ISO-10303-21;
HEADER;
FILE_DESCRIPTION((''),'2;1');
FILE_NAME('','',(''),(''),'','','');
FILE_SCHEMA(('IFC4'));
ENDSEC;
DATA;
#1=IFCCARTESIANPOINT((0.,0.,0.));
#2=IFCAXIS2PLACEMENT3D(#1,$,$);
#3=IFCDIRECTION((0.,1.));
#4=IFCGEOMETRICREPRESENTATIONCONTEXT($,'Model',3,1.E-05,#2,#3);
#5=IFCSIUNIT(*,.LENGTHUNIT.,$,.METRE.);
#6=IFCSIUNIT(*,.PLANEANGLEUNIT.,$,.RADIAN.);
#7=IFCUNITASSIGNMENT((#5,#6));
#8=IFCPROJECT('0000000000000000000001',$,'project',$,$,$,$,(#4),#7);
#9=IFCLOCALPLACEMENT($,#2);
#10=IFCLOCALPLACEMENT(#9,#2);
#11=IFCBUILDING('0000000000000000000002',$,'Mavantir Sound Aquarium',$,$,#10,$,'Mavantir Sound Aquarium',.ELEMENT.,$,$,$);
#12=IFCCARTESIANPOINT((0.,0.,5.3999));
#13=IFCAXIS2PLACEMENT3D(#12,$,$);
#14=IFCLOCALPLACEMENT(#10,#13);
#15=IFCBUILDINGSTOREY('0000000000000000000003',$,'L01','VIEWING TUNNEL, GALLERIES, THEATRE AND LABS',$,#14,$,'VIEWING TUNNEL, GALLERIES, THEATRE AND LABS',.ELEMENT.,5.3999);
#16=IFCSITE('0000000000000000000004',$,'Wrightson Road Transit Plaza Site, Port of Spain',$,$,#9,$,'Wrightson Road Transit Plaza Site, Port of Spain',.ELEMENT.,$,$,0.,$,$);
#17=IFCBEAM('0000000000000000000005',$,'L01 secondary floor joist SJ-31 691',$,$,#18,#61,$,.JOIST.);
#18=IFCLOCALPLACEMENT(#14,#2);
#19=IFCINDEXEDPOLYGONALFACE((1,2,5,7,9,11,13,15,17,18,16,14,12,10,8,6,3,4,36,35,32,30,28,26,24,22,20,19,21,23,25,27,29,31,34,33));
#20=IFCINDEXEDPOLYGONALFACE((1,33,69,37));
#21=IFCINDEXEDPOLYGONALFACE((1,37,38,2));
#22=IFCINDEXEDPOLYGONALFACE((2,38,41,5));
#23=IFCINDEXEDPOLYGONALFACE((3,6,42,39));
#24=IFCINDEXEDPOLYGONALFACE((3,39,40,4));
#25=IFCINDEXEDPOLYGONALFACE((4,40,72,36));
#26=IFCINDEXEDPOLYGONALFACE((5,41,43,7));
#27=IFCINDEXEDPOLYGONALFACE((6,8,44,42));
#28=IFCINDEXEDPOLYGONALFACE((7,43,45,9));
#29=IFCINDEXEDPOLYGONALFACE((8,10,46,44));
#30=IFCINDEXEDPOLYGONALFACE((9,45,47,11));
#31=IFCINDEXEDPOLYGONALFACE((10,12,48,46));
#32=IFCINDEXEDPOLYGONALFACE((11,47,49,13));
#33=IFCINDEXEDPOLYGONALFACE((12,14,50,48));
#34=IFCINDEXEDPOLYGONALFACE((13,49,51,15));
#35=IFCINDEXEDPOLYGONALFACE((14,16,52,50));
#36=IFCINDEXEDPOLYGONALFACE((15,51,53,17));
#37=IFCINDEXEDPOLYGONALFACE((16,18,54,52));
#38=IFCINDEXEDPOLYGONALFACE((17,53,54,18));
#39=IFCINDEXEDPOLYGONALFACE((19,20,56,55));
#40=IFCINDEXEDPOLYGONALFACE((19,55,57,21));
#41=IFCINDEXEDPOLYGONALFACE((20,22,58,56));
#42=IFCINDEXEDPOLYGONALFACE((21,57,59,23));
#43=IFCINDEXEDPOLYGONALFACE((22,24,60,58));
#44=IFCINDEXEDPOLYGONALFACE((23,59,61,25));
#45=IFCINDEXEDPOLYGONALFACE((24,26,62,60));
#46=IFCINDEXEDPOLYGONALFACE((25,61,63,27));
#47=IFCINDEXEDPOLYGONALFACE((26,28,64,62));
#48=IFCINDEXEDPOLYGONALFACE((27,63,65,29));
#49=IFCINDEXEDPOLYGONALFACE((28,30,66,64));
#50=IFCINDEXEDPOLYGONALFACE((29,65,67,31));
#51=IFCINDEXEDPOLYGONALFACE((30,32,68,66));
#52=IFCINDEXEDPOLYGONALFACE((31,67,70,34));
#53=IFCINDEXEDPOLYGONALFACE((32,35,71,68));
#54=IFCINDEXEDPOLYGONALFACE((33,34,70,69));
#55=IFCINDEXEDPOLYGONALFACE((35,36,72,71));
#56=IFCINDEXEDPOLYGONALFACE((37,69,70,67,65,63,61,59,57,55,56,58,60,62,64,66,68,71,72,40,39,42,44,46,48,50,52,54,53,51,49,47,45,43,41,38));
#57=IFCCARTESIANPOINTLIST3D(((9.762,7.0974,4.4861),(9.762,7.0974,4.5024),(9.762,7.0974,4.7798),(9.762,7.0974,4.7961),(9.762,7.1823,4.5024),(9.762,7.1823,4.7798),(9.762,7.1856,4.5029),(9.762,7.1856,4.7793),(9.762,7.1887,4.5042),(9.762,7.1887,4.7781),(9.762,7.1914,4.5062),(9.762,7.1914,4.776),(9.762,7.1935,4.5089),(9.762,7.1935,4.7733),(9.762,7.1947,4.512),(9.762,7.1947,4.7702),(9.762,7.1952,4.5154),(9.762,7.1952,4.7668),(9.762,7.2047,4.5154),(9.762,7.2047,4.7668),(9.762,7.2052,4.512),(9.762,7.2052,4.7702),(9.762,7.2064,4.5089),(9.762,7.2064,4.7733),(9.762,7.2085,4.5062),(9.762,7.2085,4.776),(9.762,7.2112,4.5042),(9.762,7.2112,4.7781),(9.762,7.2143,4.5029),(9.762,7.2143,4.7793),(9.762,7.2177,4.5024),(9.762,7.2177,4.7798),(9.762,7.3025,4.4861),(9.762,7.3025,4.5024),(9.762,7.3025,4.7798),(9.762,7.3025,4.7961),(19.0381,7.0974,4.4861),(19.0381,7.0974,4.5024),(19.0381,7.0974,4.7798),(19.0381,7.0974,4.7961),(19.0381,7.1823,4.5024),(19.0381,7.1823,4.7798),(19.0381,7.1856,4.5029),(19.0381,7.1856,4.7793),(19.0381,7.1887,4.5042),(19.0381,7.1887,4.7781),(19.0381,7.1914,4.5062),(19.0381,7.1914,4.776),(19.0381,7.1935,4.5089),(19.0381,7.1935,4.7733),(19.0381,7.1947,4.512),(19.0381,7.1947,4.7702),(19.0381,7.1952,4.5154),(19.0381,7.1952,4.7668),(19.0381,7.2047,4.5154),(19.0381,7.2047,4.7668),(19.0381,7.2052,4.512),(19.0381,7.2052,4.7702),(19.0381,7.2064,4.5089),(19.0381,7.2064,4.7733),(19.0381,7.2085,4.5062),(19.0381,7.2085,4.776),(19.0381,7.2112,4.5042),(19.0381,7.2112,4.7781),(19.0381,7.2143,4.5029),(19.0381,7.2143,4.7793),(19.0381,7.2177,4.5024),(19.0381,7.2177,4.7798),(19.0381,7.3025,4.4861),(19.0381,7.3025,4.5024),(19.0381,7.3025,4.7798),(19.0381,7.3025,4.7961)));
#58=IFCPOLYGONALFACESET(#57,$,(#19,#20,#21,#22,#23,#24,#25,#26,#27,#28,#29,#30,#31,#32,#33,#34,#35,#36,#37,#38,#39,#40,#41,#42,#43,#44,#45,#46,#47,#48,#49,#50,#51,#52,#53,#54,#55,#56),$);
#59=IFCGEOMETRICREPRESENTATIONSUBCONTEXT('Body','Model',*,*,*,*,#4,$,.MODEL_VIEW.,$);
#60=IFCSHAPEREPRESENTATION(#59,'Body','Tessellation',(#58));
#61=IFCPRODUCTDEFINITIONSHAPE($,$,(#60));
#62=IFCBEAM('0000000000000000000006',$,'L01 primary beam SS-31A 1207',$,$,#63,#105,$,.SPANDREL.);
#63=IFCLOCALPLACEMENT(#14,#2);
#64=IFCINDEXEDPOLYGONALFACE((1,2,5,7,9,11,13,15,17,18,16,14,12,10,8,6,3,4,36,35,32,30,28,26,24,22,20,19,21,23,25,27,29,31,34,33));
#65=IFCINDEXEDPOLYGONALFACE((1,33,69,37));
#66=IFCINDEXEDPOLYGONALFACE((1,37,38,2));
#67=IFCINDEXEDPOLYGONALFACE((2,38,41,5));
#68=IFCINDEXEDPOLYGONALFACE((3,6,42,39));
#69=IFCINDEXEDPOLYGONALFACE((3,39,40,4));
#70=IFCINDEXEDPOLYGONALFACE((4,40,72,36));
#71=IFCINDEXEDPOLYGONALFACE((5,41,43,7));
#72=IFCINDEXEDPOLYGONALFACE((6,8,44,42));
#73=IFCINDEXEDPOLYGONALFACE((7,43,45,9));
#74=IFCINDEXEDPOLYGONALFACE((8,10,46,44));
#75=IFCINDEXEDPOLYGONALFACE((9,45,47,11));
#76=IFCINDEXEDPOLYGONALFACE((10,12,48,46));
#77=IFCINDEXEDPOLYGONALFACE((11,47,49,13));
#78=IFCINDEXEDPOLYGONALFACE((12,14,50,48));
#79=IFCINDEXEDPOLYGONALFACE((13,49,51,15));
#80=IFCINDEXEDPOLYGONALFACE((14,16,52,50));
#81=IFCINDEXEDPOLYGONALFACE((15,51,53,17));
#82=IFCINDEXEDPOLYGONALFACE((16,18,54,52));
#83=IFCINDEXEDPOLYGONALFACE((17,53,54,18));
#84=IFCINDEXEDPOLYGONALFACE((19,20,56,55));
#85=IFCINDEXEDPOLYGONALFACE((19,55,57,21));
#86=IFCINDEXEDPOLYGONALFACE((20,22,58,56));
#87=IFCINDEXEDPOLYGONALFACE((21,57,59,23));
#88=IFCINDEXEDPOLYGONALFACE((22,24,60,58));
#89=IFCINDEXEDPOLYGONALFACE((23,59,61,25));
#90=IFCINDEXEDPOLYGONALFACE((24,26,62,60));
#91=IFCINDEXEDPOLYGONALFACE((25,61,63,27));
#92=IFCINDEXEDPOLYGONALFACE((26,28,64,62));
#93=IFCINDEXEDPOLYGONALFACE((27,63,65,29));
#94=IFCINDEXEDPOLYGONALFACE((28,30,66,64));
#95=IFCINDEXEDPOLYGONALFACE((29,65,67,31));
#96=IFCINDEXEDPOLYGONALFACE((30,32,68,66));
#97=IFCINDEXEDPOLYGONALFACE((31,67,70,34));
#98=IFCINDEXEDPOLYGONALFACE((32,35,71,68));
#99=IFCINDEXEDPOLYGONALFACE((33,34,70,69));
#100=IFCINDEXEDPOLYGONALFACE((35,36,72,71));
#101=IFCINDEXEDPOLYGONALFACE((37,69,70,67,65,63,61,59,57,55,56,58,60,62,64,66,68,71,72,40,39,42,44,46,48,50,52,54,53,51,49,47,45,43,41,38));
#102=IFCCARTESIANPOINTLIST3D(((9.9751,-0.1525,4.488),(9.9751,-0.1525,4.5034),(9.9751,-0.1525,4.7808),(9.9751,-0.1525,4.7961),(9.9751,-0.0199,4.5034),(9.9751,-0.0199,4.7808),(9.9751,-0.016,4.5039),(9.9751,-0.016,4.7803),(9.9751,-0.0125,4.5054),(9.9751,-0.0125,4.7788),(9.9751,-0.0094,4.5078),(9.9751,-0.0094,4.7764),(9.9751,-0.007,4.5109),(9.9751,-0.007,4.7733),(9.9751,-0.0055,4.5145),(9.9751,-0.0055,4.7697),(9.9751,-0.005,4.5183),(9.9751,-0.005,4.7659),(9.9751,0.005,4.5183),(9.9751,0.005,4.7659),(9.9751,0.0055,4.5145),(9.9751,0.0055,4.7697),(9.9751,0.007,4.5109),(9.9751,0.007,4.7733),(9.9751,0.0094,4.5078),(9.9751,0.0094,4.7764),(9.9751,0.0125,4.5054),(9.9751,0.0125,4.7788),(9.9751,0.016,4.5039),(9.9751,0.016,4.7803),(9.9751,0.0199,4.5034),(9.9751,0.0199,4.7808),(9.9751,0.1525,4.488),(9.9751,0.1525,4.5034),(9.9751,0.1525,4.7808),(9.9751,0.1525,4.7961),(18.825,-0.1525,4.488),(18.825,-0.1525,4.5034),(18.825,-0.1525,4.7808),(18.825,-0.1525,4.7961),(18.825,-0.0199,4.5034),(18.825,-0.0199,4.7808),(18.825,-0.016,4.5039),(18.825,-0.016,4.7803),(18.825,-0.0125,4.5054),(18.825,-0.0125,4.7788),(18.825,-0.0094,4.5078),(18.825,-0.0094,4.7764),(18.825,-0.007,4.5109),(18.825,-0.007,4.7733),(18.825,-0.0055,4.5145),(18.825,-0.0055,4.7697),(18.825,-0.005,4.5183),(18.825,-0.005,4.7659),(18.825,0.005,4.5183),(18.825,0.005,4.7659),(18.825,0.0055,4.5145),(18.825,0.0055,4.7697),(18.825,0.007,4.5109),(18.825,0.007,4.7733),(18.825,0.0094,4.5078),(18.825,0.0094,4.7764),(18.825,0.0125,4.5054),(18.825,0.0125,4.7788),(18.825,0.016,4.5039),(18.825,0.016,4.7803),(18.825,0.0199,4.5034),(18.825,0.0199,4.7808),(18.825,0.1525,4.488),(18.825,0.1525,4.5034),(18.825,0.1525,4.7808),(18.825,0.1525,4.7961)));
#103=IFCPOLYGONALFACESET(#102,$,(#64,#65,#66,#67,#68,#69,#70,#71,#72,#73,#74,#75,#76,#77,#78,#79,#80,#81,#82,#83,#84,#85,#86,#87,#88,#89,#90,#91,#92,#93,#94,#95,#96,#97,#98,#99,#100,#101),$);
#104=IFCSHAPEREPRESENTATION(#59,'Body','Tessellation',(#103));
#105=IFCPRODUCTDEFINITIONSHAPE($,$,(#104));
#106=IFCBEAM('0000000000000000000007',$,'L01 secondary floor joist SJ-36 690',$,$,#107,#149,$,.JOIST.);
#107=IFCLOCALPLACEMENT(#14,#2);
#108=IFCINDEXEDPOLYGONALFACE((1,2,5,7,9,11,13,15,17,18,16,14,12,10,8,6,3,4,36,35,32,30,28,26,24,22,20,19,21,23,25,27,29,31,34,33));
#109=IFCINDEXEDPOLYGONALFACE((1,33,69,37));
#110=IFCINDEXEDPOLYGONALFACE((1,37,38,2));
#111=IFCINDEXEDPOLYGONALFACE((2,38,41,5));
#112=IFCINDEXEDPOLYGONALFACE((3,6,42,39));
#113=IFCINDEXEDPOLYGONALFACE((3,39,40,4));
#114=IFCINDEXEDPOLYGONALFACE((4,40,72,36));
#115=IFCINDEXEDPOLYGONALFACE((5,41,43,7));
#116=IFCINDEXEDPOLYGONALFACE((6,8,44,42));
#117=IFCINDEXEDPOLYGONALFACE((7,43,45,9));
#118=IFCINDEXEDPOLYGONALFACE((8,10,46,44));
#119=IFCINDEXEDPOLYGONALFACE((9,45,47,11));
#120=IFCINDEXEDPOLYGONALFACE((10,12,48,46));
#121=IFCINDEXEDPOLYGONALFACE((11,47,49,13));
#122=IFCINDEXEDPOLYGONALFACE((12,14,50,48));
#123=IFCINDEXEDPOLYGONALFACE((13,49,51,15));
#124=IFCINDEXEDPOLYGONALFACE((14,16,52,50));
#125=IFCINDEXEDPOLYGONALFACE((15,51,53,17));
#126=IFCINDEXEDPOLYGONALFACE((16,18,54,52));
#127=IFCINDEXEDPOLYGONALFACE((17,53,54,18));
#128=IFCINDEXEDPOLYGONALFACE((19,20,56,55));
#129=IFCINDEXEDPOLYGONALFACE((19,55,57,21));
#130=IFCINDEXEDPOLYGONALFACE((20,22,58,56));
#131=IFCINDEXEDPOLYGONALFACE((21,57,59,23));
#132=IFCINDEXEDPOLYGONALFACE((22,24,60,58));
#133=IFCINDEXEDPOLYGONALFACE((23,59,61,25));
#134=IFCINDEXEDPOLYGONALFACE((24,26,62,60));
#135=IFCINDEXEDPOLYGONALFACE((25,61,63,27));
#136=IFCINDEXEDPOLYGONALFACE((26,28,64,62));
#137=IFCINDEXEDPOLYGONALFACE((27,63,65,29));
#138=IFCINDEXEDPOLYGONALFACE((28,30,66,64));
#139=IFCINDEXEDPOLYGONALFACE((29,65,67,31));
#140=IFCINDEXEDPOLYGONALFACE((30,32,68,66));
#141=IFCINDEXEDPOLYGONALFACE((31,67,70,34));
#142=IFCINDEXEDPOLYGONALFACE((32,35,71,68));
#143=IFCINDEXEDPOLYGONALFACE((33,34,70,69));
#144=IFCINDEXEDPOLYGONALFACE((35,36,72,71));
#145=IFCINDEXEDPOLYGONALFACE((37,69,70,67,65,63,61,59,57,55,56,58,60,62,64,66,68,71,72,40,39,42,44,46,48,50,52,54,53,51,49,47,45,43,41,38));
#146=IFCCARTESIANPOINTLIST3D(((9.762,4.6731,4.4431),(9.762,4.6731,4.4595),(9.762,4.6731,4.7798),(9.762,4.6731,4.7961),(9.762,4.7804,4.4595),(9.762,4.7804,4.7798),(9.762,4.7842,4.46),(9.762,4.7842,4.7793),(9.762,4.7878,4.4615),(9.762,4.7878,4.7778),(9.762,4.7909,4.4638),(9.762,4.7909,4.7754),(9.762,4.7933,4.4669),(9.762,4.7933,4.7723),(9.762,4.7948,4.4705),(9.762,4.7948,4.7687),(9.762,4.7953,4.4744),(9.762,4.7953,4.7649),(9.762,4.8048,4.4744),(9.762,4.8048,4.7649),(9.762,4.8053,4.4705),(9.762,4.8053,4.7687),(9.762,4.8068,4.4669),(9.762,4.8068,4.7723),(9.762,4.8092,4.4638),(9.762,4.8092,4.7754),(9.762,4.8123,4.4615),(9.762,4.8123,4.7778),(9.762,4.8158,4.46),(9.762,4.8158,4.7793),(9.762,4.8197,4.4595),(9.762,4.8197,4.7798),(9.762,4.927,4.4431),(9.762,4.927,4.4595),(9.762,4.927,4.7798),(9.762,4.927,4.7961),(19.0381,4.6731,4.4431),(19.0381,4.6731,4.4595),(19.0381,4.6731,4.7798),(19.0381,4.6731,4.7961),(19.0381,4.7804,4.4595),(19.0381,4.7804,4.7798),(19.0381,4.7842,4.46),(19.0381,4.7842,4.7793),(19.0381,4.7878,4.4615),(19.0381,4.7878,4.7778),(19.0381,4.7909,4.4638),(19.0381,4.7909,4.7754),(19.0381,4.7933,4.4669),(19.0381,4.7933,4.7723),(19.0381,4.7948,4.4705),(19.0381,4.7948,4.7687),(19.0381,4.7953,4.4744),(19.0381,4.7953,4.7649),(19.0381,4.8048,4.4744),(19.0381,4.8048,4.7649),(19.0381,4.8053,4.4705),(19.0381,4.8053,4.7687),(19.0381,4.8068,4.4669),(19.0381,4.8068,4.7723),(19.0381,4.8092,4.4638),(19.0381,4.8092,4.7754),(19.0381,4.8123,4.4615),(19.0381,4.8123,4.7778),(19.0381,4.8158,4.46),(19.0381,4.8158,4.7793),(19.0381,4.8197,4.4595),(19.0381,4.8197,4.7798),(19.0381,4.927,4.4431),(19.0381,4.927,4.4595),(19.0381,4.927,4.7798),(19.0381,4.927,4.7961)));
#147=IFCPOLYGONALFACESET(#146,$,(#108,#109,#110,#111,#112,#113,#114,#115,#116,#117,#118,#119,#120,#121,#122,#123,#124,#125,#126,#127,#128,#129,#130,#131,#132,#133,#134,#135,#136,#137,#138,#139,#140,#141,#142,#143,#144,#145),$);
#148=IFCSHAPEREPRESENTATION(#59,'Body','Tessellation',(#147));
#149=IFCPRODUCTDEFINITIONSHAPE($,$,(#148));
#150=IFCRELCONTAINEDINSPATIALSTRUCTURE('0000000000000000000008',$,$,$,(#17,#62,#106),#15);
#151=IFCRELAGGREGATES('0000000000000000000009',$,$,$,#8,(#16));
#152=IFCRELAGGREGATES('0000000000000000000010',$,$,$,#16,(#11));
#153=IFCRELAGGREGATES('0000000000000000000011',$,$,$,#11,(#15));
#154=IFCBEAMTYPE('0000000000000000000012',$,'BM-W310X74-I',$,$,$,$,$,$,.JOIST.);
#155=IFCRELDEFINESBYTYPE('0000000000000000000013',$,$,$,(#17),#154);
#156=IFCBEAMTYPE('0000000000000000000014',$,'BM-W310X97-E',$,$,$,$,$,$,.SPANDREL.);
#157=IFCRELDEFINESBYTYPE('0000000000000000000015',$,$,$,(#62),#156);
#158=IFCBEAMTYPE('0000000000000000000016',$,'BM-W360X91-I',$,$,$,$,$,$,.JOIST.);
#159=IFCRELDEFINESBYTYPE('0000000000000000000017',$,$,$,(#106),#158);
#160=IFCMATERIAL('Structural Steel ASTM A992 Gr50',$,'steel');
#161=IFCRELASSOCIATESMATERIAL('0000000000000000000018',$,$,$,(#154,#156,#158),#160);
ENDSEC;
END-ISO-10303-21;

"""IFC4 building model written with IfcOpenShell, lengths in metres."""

from ifc_helpers import new_model, si_unit, direction, frame, origin, origin_2d, place, context, subcontext, project, spatial, i_section, extrude, material, material_profile, profile_set, type_object, element, save


model = new_model("IFC4")

# Units and contexts
model_context = context("Model", 3, precision=1e-05, world=origin(), true_north=direction((0.0, 1.0)))
body_context = subcontext(model_context, "Body", "Model", "MODEL_VIEW")
ifc_project = project(units=[si_unit("LENGTHUNIT", "METRE"), si_unit("PLANEANGLEUNIT", "RADIAN")], contexts=[model_context])

# Site, building, storey
site_placement = place(None, origin())
site = spatial("IfcSite", under=ifc_project, at=site_placement, Name="Wrightson Road Transit Plaza Site, Port of Spain", LongName="Wrightson Road Transit Plaza Site, Port of Spain", CompositionType="ELEMENT", RefElevation=0.0)
building_placement = place(site_placement, origin())
building = spatial("IfcBuilding", under=site, at=building_placement, Name="Mavantir Sound Aquarium", LongName="Mavantir Sound Aquarium", CompositionType="ELEMENT")
storey_placement = place(building_placement, frame((0.0, 0.0, 5.3999)))
storey = spatial("IfcBuildingStorey", under=building, at=storey_placement, Name="L01", Description="VIEWING TUNNEL, GALLERIES, THEATRE AND LABS", LongName="VIEWING TUNNEL, GALLERIES, THEATRE AND LABS", CompositionType="ELEMENT", Elevation=5.3999)

# Beams
ifc_material_1 = material(Name="Structural Steel ASTM A992 Gr50", Category="steel")
ifc_material_profile_1 = material_profile(ifc_material_1, i_section(OverallWidth=0.2051, OverallDepth=0.3101, WebThickness=0.0095, FlangeThickness=0.0164, FilletRadius=0.0129, at=origin_2d()), Name="W310X74")
ifc_profile_set_1 = profile_set([ifc_material_profile_1], Name="Structural Steel ASTM A992 Gr50")
beam_type_1 = type_object("IfcBeamType", Name="BM-W310X74-I", PredefinedType="JOIST", material=ifc_profile_set_1)
beam_1_placement = place(storey_placement, frame((9.762, 7.2, 4.6411), z_axis=(1.0, 0.0, 0.0), x_axis=(0.0, 1.0, 0.0)))
element("IfcBeam", 1, at=beam_1_placement, inside=storey, type_object=beam_type_1, Name="L01 secondary floor joist SJ-31 691", PredefinedType="JOIST", context=body_context, shape_type="SweptSolid", body=[
    extrude(i_section(OverallWidth=0.2051, OverallDepth=0.3101, WebThickness=0.0095, FlangeThickness=0.0164, FilletRadius=0.0129, at=origin_2d()), origin(), (0.0, 0.0, 1.0), 9.2761),
])
ifc_material_profile_2 = material_profile(ifc_material_1, i_section(OverallWidth=0.3049, OverallDepth=0.3081, WebThickness=0.01, FlangeThickness=0.0154, FilletRadius=0.0149, at=origin_2d()), Name="W310X97")
ifc_profile_set_2 = profile_set([ifc_material_profile_2], Name="Structural Steel ASTM A992 Gr50")
beam_type_2 = type_object("IfcBeamType", Name="BM-W310X97-E", PredefinedType="SPANDREL", material=ifc_profile_set_2)
beam_2_placement = place(storey_placement, frame((9.9751, 0.0, 4.6421), z_axis=(1.0, 0.0, 0.0), x_axis=(0.0, 1.0, 0.0)))
element("IfcBeam", 2, at=beam_2_placement, inside=storey, type_object=beam_type_2, Name="L01 primary beam SS-31A 1207", PredefinedType="SPANDREL", context=body_context, shape_type="SweptSolid", body=[
    extrude(i_section(OverallWidth=0.3049, OverallDepth=0.3081, WebThickness=0.01, FlangeThickness=0.0154, FilletRadius=0.0149, at=origin_2d()), origin(), (0.0, 0.0, 1.0), 8.8499),
])
ifc_material_profile_3 = material_profile(ifc_material_1, i_section(OverallWidth=0.2539, OverallDepth=0.353, WebThickness=0.0095, FlangeThickness=0.0164, FilletRadius=0.0149, at=origin_2d()), Name="W360X91")
ifc_profile_set_3 = profile_set([ifc_material_profile_3], Name="Structural Steel ASTM A992 Gr50")
beam_type_3 = type_object("IfcBeamType", Name="BM-W360X91-I", PredefinedType="JOIST", material=ifc_profile_set_3)
beam_3_placement = place(storey_placement, frame((9.762, 4.8, 4.6196), z_axis=(1.0, 0.0, 0.0), x_axis=(0.0, 1.0, 0.0)))
element("IfcBeam", 3, at=beam_3_placement, inside=storey, type_object=beam_type_3, Name="L01 secondary floor joist SJ-36 690", PredefinedType="JOIST", context=body_context, shape_type="SweptSolid", body=[
    extrude(i_section(OverallWidth=0.2539, OverallDepth=0.353, WebThickness=0.0095, FlangeThickness=0.0164, FilletRadius=0.0149, at=origin_2d()), origin(), (0.0, 0.0, 1.0), 9.2761),
])

save(model, "model.ifc")
